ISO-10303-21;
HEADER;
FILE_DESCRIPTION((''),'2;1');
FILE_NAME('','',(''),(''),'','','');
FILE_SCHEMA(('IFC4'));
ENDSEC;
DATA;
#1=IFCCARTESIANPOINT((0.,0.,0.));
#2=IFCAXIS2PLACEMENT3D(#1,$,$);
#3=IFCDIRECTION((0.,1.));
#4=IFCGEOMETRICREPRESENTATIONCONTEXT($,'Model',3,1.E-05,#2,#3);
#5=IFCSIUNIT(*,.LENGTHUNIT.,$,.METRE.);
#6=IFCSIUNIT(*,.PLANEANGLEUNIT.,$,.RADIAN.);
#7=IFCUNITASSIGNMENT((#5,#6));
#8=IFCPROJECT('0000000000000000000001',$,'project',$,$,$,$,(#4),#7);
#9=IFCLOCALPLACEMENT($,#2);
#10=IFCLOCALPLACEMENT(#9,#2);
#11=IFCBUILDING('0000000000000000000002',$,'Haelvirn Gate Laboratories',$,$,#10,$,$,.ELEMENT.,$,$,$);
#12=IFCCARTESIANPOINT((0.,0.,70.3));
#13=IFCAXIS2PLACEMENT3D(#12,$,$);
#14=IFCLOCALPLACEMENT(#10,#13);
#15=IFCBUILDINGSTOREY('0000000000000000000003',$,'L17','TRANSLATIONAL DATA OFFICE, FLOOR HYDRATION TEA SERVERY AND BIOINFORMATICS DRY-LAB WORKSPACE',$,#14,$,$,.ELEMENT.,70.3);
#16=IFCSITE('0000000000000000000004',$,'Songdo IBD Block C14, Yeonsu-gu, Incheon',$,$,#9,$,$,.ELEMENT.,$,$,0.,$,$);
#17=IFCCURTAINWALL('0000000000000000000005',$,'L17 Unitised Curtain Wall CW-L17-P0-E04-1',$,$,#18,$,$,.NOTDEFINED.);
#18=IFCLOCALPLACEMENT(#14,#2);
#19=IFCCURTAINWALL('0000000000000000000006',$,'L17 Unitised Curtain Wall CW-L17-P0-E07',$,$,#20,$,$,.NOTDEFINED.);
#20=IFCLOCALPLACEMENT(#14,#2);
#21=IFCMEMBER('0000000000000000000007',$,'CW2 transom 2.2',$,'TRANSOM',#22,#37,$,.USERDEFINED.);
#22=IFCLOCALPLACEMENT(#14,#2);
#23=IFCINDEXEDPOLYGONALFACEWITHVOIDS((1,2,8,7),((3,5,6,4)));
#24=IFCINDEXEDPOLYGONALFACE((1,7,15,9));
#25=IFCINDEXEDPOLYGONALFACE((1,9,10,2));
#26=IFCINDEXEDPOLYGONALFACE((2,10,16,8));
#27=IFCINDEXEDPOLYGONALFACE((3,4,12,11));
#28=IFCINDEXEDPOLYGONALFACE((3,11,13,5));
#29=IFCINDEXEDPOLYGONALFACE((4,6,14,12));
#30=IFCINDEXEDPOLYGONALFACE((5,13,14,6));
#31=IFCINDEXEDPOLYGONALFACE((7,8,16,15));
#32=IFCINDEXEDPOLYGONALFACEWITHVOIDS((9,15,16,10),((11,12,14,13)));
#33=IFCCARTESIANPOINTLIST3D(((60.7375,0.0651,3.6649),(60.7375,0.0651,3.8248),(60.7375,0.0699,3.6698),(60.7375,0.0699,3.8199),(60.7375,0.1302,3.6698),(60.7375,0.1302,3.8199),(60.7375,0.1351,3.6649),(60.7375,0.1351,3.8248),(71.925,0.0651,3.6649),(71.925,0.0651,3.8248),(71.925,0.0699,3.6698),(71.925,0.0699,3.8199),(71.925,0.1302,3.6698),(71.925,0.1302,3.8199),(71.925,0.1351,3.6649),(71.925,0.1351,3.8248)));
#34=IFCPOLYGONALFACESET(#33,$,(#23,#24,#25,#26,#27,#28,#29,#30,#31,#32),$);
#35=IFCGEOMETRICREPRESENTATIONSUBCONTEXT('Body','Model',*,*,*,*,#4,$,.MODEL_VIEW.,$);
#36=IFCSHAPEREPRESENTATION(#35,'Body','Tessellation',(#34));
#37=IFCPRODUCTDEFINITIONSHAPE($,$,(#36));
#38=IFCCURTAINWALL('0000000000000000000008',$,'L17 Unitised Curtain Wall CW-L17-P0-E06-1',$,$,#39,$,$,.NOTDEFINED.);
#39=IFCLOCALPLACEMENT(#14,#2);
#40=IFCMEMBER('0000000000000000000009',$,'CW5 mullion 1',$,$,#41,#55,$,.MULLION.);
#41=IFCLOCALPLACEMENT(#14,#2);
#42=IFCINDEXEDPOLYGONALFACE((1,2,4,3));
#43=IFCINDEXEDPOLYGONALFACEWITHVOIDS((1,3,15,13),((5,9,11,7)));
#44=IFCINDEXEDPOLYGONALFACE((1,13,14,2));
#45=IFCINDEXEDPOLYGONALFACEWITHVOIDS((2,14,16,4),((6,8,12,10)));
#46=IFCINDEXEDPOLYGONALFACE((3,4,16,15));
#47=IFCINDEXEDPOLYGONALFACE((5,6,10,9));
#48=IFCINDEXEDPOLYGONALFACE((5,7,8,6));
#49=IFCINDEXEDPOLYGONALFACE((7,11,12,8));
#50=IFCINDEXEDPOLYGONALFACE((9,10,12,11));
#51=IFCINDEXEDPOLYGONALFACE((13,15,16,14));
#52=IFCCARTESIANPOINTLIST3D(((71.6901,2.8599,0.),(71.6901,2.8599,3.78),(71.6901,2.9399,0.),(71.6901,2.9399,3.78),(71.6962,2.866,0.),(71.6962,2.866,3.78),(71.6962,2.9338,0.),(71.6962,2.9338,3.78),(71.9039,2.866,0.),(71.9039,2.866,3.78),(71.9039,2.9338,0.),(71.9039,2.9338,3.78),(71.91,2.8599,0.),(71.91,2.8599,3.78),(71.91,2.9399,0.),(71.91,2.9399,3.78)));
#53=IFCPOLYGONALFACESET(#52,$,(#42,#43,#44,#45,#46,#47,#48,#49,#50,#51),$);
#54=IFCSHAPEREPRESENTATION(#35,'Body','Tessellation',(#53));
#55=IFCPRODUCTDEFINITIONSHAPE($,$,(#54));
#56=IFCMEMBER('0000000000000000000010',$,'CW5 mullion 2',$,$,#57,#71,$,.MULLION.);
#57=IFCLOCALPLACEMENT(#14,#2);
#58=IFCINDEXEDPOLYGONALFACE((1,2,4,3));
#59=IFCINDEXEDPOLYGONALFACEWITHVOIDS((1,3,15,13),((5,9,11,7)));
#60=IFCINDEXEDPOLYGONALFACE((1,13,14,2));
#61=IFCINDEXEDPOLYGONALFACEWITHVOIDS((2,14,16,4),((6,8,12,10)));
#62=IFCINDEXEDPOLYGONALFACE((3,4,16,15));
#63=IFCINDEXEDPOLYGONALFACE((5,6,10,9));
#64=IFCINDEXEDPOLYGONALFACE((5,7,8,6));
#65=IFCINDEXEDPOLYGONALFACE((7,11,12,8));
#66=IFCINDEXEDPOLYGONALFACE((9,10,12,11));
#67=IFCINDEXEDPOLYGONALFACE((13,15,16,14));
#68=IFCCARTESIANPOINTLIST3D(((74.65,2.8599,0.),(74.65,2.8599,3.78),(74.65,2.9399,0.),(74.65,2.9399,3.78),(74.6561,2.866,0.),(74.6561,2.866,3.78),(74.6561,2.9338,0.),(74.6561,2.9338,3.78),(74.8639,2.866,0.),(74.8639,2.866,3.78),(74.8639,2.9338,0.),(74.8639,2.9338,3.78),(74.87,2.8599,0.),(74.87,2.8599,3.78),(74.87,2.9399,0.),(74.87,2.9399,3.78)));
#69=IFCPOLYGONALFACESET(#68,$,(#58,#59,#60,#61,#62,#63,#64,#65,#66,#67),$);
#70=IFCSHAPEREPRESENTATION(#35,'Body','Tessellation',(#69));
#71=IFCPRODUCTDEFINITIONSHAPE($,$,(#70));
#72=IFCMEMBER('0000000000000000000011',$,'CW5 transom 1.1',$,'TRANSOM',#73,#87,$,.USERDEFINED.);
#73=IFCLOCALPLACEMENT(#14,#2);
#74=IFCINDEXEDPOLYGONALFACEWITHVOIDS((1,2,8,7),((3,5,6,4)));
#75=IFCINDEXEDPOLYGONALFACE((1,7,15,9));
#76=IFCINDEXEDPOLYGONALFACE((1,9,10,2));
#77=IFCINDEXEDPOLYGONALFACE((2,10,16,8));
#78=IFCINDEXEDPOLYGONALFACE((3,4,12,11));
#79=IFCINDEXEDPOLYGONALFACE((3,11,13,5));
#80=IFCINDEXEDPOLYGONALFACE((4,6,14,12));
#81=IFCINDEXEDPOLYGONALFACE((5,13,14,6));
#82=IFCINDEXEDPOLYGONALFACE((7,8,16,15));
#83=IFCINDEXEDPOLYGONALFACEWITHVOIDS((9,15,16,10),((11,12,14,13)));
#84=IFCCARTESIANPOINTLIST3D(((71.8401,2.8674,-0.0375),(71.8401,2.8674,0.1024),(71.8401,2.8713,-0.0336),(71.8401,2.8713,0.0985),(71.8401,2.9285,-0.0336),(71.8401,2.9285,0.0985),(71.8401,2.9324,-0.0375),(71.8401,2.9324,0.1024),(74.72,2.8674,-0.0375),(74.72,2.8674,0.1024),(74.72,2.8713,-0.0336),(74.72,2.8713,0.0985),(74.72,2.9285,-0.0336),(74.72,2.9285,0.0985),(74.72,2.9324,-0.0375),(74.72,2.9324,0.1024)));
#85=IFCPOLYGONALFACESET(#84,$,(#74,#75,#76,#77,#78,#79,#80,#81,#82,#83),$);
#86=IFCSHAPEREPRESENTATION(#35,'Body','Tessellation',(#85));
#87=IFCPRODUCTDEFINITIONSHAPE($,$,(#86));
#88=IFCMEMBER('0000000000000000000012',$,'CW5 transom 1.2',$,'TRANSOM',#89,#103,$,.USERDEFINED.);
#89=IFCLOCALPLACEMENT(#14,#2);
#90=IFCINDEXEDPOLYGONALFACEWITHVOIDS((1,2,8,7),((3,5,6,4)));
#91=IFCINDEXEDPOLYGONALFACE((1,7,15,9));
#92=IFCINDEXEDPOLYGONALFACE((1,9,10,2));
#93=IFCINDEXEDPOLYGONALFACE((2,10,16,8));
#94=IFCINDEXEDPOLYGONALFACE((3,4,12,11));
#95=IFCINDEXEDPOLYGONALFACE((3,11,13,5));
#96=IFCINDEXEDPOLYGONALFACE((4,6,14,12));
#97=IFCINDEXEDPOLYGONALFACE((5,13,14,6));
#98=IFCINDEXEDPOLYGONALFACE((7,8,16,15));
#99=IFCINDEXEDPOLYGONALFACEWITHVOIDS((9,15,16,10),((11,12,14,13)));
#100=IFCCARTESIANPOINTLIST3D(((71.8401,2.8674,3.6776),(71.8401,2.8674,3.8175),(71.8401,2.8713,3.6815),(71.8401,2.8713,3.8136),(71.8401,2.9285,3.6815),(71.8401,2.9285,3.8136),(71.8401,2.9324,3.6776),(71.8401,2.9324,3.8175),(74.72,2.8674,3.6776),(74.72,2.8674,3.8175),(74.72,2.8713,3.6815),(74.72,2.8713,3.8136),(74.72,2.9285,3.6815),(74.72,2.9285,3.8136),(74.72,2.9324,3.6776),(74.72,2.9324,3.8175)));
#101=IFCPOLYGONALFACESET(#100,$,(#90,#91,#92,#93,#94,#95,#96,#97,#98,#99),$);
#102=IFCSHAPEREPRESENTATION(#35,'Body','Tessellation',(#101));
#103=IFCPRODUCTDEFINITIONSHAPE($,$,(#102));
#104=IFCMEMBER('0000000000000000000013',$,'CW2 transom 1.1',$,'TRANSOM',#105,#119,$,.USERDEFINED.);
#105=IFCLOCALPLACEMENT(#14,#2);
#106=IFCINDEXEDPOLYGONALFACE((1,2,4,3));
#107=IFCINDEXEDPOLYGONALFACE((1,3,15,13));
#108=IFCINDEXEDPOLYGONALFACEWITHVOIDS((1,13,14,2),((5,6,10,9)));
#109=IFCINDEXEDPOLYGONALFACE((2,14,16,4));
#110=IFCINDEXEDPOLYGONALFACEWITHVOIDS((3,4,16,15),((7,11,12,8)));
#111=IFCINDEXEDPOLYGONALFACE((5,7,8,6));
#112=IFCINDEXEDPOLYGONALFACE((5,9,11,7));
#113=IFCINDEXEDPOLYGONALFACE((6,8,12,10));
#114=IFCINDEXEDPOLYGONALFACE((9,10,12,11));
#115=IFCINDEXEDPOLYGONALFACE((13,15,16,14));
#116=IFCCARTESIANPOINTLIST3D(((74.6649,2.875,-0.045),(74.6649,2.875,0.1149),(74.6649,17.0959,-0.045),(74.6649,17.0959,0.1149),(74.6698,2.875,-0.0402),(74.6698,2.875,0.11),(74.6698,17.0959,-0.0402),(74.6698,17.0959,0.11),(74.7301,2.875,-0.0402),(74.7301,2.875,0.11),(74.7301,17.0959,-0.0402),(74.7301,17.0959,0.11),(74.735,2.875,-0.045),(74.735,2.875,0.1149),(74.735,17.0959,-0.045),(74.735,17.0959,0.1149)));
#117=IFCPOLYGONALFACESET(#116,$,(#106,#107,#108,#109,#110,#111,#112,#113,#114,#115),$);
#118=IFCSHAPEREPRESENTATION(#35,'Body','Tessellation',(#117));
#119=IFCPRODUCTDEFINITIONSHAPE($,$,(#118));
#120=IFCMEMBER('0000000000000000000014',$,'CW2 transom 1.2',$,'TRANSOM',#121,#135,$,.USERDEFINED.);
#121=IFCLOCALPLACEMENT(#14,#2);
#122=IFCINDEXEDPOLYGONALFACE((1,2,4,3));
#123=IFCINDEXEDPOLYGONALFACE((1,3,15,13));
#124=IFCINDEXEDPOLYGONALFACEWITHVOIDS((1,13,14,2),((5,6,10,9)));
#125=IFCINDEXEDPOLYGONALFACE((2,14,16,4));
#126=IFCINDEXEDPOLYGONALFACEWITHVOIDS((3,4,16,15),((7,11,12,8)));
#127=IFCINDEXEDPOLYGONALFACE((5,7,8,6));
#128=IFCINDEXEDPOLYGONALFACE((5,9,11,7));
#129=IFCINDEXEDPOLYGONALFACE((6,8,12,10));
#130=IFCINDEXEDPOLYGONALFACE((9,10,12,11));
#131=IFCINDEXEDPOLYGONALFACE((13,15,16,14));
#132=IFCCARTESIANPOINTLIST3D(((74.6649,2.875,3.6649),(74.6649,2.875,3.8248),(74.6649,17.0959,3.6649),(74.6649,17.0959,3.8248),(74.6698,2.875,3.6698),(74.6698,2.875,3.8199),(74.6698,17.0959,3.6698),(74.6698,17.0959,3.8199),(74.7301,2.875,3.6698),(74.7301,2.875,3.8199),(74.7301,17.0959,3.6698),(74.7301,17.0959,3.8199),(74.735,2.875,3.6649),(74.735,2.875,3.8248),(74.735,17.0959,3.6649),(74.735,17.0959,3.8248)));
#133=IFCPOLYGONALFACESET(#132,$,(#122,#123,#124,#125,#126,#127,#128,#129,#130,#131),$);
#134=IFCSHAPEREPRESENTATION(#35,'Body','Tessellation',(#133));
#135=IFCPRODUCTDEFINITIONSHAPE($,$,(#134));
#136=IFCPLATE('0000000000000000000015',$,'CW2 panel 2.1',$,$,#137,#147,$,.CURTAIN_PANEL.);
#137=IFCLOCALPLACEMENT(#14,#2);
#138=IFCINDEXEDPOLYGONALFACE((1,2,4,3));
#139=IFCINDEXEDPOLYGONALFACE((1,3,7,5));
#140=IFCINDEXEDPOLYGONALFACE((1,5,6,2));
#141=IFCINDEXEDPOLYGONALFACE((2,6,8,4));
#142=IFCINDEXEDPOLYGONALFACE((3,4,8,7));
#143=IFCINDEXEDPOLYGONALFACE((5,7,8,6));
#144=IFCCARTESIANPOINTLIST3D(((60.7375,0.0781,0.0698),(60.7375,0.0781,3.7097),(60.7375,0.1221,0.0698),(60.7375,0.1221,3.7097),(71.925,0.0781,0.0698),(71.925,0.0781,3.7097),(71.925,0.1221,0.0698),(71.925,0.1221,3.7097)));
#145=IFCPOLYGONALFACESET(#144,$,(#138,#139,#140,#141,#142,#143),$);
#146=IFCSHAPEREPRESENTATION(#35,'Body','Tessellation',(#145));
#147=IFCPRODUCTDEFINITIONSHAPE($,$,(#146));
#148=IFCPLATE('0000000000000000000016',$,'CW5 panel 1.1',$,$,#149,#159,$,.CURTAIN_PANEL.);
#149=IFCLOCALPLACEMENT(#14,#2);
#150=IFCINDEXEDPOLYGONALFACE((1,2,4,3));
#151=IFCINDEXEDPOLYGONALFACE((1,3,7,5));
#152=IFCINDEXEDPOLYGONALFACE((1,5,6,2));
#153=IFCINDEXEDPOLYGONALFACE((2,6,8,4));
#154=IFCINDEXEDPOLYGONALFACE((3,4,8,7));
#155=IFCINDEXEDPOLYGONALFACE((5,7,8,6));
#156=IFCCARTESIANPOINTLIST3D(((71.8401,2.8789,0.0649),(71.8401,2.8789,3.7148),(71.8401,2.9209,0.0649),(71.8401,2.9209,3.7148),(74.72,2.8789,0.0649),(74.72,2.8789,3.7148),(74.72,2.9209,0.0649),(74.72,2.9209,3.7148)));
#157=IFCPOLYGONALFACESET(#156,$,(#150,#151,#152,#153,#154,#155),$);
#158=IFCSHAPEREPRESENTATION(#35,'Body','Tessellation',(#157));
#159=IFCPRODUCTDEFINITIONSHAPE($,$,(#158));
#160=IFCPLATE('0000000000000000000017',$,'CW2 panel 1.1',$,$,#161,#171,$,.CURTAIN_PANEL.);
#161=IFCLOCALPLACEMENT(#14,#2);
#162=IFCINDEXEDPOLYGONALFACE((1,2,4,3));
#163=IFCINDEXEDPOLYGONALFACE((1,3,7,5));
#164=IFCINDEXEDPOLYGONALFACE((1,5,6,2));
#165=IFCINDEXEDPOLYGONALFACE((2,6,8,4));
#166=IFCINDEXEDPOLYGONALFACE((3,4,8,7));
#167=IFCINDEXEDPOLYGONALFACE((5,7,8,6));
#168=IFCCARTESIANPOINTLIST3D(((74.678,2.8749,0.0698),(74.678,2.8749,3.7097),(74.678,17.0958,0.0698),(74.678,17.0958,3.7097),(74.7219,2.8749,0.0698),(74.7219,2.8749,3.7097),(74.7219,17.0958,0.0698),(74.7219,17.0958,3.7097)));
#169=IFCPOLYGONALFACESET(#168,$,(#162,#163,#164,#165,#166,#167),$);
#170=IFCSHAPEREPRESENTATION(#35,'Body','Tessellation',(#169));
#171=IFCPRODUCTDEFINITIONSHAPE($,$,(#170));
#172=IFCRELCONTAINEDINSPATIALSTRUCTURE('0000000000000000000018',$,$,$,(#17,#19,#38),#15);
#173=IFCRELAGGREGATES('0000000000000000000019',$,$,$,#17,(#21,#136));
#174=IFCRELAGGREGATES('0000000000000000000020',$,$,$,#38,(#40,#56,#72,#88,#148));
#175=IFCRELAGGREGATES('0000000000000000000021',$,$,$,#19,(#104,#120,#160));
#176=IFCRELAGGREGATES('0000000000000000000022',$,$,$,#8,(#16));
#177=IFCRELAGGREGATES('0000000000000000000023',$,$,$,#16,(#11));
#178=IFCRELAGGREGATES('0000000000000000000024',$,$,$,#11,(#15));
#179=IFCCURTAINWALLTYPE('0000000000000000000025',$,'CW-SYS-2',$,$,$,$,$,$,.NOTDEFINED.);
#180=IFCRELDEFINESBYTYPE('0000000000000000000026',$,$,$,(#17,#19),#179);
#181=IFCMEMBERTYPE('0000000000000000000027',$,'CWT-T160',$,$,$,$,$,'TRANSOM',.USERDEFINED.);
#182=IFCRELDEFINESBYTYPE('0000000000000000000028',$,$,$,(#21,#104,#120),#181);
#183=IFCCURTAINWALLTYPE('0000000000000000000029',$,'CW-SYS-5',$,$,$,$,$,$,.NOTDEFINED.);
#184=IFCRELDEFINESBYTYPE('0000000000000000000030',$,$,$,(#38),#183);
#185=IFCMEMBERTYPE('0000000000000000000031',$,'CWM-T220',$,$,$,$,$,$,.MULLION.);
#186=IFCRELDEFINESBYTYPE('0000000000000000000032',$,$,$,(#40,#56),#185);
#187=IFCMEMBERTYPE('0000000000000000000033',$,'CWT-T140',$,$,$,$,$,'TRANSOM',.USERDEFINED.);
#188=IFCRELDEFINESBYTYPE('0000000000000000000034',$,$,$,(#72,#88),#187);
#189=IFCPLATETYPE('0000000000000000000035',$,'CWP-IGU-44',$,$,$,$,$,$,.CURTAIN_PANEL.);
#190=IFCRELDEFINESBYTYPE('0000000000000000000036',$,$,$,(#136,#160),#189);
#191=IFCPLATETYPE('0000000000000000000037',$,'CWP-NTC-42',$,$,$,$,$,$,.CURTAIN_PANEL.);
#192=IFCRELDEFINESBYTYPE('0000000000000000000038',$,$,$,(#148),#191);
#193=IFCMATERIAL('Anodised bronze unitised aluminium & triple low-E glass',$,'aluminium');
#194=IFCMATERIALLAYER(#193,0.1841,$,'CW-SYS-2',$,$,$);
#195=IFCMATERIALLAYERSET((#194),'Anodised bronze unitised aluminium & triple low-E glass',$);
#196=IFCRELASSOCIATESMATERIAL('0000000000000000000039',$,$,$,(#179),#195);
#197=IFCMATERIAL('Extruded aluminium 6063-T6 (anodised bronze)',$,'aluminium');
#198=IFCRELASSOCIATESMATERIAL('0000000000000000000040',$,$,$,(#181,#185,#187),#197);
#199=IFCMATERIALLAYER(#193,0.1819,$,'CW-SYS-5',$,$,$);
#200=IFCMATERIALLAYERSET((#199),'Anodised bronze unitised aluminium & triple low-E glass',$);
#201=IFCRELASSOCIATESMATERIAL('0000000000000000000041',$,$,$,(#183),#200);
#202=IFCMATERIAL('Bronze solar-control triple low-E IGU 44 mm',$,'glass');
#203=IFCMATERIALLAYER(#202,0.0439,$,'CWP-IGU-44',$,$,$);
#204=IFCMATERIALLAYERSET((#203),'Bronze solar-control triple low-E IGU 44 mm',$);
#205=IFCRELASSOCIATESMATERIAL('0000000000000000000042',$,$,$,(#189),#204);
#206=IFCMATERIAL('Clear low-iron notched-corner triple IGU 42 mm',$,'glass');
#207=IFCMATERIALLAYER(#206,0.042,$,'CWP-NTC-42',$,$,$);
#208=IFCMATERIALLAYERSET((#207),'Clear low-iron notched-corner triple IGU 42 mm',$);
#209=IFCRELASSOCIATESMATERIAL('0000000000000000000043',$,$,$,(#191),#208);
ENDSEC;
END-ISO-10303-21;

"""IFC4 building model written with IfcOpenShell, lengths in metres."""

from ifc_helpers import new_model, si_unit, direction, frame, origin, origin_2d, place, context, subcontext, project, spatial, rectangle, hollow_rectangle, extrude, source, transform, mapped, material, layer, layer_set, material_profile, profile_set, type_object, type_shapes, element, aggregate, save


model = new_model("IFC4")

# Units and contexts
model_context = context("Model", 3, precision=1e-05, world=origin(), true_north=direction((0.0, 1.0)))
body_context = subcontext(model_context, "Body", "Model", "MODEL_VIEW")
ifc_project = project(units=[si_unit("LENGTHUNIT", "METRE"), si_unit("PLANEANGLEUNIT", "RADIAN")], contexts=[model_context])

# Site, building, storey
site_placement = place(None, origin())
site = spatial("IfcSite", under=ifc_project, at=site_placement, Name="Songdo IBD Block C14, Yeonsu-gu, Incheon", CompositionType="ELEMENT", RefElevation=0.0)
building_placement = place(site_placement, origin())
building = spatial("IfcBuilding", under=site, at=building_placement, Name="Haelvirn Gate Laboratories", CompositionType="ELEMENT")
storey_placement = place(building_placement, frame((0.0, 0.0, 70.3)))
storey = spatial("IfcBuildingStorey", under=building, at=storey_placement, Name="L17", Description="TRANSLATIONAL DATA OFFICE, FLOOR HYDRATION TEA SERVERY AND BIOINFORMATICS DRY-LAB WORKSPACE", CompositionType="ELEMENT", Elevation=70.3)

# Curtain wall
ifc_material_1 = material(Name="Anodised bronze unitised aluminium & triple low-E glass", Category="aluminium")
ifc_layer_1 = layer(ifc_material_1, 0.1841, Name="CW-SYS-2")
ifc_layer_set_1 = layer_set([ifc_layer_1], Name="Anodised bronze unitised aluminium & triple low-E glass")
curtain_wall_type_1 = type_object("IfcCurtainWallType", Name="CW-SYS-2", PredefinedType="NOTDEFINED", material=ifc_layer_set_1)
curtain_wall_1_placement = place(storey_placement, origin())
curtain_wall_1 = element("IfcCurtainWall", 1, at=curtain_wall_1_placement, inside=storey, type_object=curtain_wall_type_1, Name="L17 Unitised Curtain Wall CW-L17-P0-E04-1", PredefinedType="NOTDEFINED")
ifc_material_2 = material(Name="Extruded aluminium 6063-T6 (anodised bronze)", Category="aluminium")

# Curtain wall
curtain_wall_2_placement = place(storey_placement, origin())
curtain_wall_2 = element("IfcCurtainWall", 2, at=curtain_wall_2_placement, inside=storey, type_object=curtain_wall_type_1, Name="L17 Unitised Curtain Wall CW-L17-P0-E07", PredefinedType="NOTDEFINED")

# Member
ifc_material_profile_1 = material_profile(ifc_material_2, hollow_rectangle(XDim=0.0701, YDim=0.1599, WallThickness=0.0049, at=origin_2d()), Name="CWT-160x70x5")
ifc_profile_set_1 = profile_set([ifc_material_profile_1], Name="Extruded aluminium 6063-T6 (anodised bronze)")
member_type_1 = type_object("IfcMemberType", Name="CWT-T160", ElementType="TRANSOM", PredefinedType="USERDEFINED", material=ifc_profile_set_1)
shared_shape_1 = source(origin(), body_context, "Body", "SweptSolid", [
    extrude(hollow_rectangle(XDim=0.0701, YDim=0.1599, WallThickness=0.0049, at=origin_2d()), origin(), (0.0, 0.0, 1.0), 11.1875),
])
member_1_placement = place(storey_placement, frame((60.7375, 0.1001, 3.7449), z_axis=(1.0, 0.0, 0.0), x_axis=(0.0, 1.0, 0.0)))
member_1 = element("IfcMember", 3, at=member_1_placement, type_object=member_type_1, Name="CW2 transom 2.2", ObjectType="TRANSOM", PredefinedType="USERDEFINED", context=body_context, shape_type="MappedRepresentation", body=[
    mapped(shared_shape_1, transform((0.0, 0.0, 0.0), scale=1.0)),
])

# Curtain wall, members
ifc_layer_2 = layer(ifc_material_1, 0.1819, Name="CW-SYS-5")
ifc_layer_set_2 = layer_set([ifc_layer_2], Name="Anodised bronze unitised aluminium & triple low-E glass")
curtain_wall_type_2 = type_object("IfcCurtainWallType", Name="CW-SYS-5", PredefinedType="NOTDEFINED", material=ifc_layer_set_2)
curtain_wall_3_placement = place(storey_placement, origin())
curtain_wall_3 = element("IfcCurtainWall", 4, at=curtain_wall_3_placement, inside=storey, type_object=curtain_wall_type_2, Name="L17 Unitised Curtain Wall CW-L17-P0-E06-1", PredefinedType="NOTDEFINED")
ifc_material_profile_2 = material_profile(ifc_material_2, hollow_rectangle(XDim=0.0801, YDim=0.22, WallThickness=0.0061, at=origin_2d()), Name="CWM-220x80x6")
ifc_profile_set_2 = profile_set([ifc_material_profile_2], Name="Extruded aluminium 6063-T6 (anodised bronze)")
member_type_2 = type_object("IfcMemberType", Name="CWM-T220", PredefinedType="MULLION", material=ifc_profile_set_2)
shared_shape_2 = source(origin(), body_context, "Body", "SweptSolid", [
    extrude(hollow_rectangle(XDim=0.0801, YDim=0.22, WallThickness=0.0061, at=origin_2d()), origin(), (0.0, 0.0, 1.0), 3.78),
])
type_shapes(member_type_2, [shared_shape_2])
member_2_placement = place(storey_placement, frame((71.8, 2.8999, 0.0), z_axis=(0.0, 0.0, 1.0), x_axis=(0.0, 1.0, 0.0)))
member_2 = element("IfcMember", 5, at=member_2_placement, type_object=member_type_2, Name="CW5 mullion 1", PredefinedType="MULLION", context=body_context, shape_type="MappedRepresentation", body=[
    mapped(shared_shape_2, transform((0.0, 0.0, 0.0), scale=1.0)),
])
member_3_placement = place(storey_placement, frame((74.76, 2.8999, 0.0), z_axis=(0.0, 0.0, 1.0), x_axis=(0.0, 1.0, 0.0)))
member_3 = element("IfcMember", 6, at=member_3_placement, type_object=member_type_2, Name="CW5 mullion 2", PredefinedType="MULLION", context=body_context, shape_type="MappedRepresentation", body=[
    mapped(shared_shape_2, transform((0.0, 0.0, 0.0), scale=1.0)),
])
ifc_material_profile_3 = material_profile(ifc_material_2, hollow_rectangle(XDim=0.0649, YDim=0.1399, WallThickness=0.0039, at=origin_2d()), Name="CWT-140x65x4")
ifc_profile_set_3 = profile_set([ifc_material_profile_3], Name="Extruded aluminium 6063-T6 (anodised bronze)")
member_type_3 = type_object("IfcMemberType", Name="CWT-T140", ElementType="TRANSOM", PredefinedType="USERDEFINED", material=ifc_profile_set_3)
shared_shape_3 = source(origin(), body_context, "Body", "SweptSolid", [
    extrude(hollow_rectangle(XDim=0.0649, YDim=0.1399, WallThickness=0.0039, at=origin_2d()), origin(), (0.0, 0.0, 1.0), 2.8799),
])
type_shapes(member_type_3, [shared_shape_3])
member_4_placement = place(storey_placement, frame((71.8401, 2.8999, 0.0325), z_axis=(1.0, 0.0, 0.0), x_axis=(0.0, 1.0, 0.0)))
member_4 = element("IfcMember", 7, at=member_4_placement, type_object=member_type_3, Name="CW5 transom 1.1", ObjectType="TRANSOM", PredefinedType="USERDEFINED", context=body_context, shape_type="MappedRepresentation", body=[
    mapped(shared_shape_3, transform((0.0, 0.0, 0.0), scale=1.0)),
])
member_5_placement = place(storey_placement, frame((71.8401, 2.8999, 3.7476), z_axis=(1.0, 0.0, 0.0), x_axis=(0.0, 1.0, 0.0)))
member_5 = element("IfcMember", 8, at=member_5_placement, type_object=member_type_3, Name="CW5 transom 1.2", ObjectType="TRANSOM", PredefinedType="USERDEFINED", context=body_context, shape_type="MappedRepresentation", body=[
    mapped(shared_shape_3, transform((0.0, 0.0, 0.0), scale=1.0)),
])

# Members
shared_shape_4 = source(origin(), body_context, "Body", "SweptSolid", [
    extrude(hollow_rectangle(XDim=0.0701, YDim=0.1599, WallThickness=0.0049, at=origin_2d()), origin(), (0.0, 0.0, 1.0), 14.2209),
])
type_shapes(member_type_1, [shared_shape_1, shared_shape_4])
member_6_placement = place(storey_placement, frame((74.7, 2.875, 0.0349), z_axis=(0.0, 1.0, 0.0), x_axis=(-1.0, 0.0, 0.0)))
member_6 = element("IfcMember", 9, at=member_6_placement, type_object=member_type_1, Name="CW2 transom 1.1", ObjectType="TRANSOM", PredefinedType="USERDEFINED", context=body_context, shape_type="MappedRepresentation", body=[
    mapped(shared_shape_4, transform((0.0, 0.0, 0.0), scale=1.0)),
])
member_7_placement = place(storey_placement, frame((74.7, 2.875, 3.7449), z_axis=(0.0, 1.0, 0.0), x_axis=(-1.0, 0.0, 0.0)))
member_7 = element("IfcMember", 10, at=member_7_placement, type_object=member_type_1, Name="CW2 transom 1.2", ObjectType="TRANSOM", PredefinedType="USERDEFINED", context=body_context, shape_type="MappedRepresentation", body=[
    mapped(shared_shape_4, transform((0.0, 0.0, 0.0), scale=1.0)),
])

# Plates
ifc_material_3 = material(Name="Bronze solar-control triple low-E IGU 44 mm", Category="glass")
ifc_layer_3 = layer(ifc_material_3, 0.0439, Name="CWP-IGU-44")
ifc_layer_set_3 = layer_set([ifc_layer_3], Name="Bronze solar-control triple low-E IGU 44 mm")
plate_type_1 = type_object("IfcPlateType", Name="CWP-IGU-44", PredefinedType="CURTAIN_PANEL", material=ifc_layer_set_3)
shared_shape_5 = source(origin(), body_context, "Body", "SweptSolid", [
    extrude(rectangle(XDim=11.1875, YDim=0.0439, at=origin_2d()), origin(), (0.0, 0.0, 1.0), 3.6399),
])
plate_1_placement = place(storey_placement, frame((66.3313, 0.1001, 0.0698), z_axis=(0.0, 0.0, 1.0), x_axis=(1.0, 0.0, 0.0)))
plate_1 = element("IfcPlate", 11, at=plate_1_placement, type_object=plate_type_1, Name="CW2 panel 2.1", PredefinedType="CURTAIN_PANEL", context=body_context, shape_type="MappedRepresentation", body=[
    mapped(shared_shape_5, transform((0.0, 0.0, 0.0), scale=1.0)),
])
aggregate(curtain_wall_1, [member_1, plate_1])
ifc_material_4 = material(Name="Clear low-iron notched-corner triple IGU 42 mm", Category="glass")
ifc_layer_4 = layer(ifc_material_4, 0.042, Name="CWP-NTC-42")
ifc_layer_set_4 = layer_set([ifc_layer_4], Name="Clear low-iron notched-corner triple IGU 42 mm")
plate_type_2 = type_object("IfcPlateType", Name="CWP-NTC-42", PredefinedType="CURTAIN_PANEL", material=ifc_layer_set_4)
shared_shape_6 = source(origin(), body_context, "Body", "SweptSolid", [
    extrude(rectangle(XDim=2.8799, YDim=0.042, at=origin_2d()), origin(), (0.0, 0.0, 1.0), 3.6499),
])
type_shapes(plate_type_2, [shared_shape_6])
plate_2_placement = place(storey_placement, frame((73.28, 2.8999, 0.0649), z_axis=(0.0, 0.0, 1.0), x_axis=(1.0, 0.0, 0.0)))
plate_2 = element("IfcPlate", 12, at=plate_2_placement, type_object=plate_type_2, Name="CW5 panel 1.1", PredefinedType="CURTAIN_PANEL", context=body_context, shape_type="MappedRepresentation", body=[
    mapped(shared_shape_6, transform((0.0, 0.0, 0.0), scale=1.0)),
])
aggregate(curtain_wall_3, [member_2, member_3, member_4, member_5, plate_2])
shared_shape_7 = source(origin(), body_context, "Body", "SweptSolid", [
    extrude(rectangle(XDim=14.2209, YDim=0.0439, at=origin_2d()), origin(), (0.0, 0.0, 1.0), 3.6399),
])
type_shapes(plate_type_1, [shared_shape_5, shared_shape_7])
plate_3_placement = place(storey_placement, frame((74.7, 9.9854, 0.0698), z_axis=(0.0, 0.0, 1.0), x_axis=(0.0, 1.0, 0.0)))
plate_3 = element("IfcPlate", 13, at=plate_3_placement, type_object=plate_type_1, Name="CW2 panel 1.1", PredefinedType="CURTAIN_PANEL", context=body_context, shape_type="MappedRepresentation", body=[
    mapped(shared_shape_7, transform((0.0, 0.0, 0.0), scale=1.0)),
])
aggregate(curtain_wall_2, [member_6, member_7, plate_3])

save(model, "model.ifc")
